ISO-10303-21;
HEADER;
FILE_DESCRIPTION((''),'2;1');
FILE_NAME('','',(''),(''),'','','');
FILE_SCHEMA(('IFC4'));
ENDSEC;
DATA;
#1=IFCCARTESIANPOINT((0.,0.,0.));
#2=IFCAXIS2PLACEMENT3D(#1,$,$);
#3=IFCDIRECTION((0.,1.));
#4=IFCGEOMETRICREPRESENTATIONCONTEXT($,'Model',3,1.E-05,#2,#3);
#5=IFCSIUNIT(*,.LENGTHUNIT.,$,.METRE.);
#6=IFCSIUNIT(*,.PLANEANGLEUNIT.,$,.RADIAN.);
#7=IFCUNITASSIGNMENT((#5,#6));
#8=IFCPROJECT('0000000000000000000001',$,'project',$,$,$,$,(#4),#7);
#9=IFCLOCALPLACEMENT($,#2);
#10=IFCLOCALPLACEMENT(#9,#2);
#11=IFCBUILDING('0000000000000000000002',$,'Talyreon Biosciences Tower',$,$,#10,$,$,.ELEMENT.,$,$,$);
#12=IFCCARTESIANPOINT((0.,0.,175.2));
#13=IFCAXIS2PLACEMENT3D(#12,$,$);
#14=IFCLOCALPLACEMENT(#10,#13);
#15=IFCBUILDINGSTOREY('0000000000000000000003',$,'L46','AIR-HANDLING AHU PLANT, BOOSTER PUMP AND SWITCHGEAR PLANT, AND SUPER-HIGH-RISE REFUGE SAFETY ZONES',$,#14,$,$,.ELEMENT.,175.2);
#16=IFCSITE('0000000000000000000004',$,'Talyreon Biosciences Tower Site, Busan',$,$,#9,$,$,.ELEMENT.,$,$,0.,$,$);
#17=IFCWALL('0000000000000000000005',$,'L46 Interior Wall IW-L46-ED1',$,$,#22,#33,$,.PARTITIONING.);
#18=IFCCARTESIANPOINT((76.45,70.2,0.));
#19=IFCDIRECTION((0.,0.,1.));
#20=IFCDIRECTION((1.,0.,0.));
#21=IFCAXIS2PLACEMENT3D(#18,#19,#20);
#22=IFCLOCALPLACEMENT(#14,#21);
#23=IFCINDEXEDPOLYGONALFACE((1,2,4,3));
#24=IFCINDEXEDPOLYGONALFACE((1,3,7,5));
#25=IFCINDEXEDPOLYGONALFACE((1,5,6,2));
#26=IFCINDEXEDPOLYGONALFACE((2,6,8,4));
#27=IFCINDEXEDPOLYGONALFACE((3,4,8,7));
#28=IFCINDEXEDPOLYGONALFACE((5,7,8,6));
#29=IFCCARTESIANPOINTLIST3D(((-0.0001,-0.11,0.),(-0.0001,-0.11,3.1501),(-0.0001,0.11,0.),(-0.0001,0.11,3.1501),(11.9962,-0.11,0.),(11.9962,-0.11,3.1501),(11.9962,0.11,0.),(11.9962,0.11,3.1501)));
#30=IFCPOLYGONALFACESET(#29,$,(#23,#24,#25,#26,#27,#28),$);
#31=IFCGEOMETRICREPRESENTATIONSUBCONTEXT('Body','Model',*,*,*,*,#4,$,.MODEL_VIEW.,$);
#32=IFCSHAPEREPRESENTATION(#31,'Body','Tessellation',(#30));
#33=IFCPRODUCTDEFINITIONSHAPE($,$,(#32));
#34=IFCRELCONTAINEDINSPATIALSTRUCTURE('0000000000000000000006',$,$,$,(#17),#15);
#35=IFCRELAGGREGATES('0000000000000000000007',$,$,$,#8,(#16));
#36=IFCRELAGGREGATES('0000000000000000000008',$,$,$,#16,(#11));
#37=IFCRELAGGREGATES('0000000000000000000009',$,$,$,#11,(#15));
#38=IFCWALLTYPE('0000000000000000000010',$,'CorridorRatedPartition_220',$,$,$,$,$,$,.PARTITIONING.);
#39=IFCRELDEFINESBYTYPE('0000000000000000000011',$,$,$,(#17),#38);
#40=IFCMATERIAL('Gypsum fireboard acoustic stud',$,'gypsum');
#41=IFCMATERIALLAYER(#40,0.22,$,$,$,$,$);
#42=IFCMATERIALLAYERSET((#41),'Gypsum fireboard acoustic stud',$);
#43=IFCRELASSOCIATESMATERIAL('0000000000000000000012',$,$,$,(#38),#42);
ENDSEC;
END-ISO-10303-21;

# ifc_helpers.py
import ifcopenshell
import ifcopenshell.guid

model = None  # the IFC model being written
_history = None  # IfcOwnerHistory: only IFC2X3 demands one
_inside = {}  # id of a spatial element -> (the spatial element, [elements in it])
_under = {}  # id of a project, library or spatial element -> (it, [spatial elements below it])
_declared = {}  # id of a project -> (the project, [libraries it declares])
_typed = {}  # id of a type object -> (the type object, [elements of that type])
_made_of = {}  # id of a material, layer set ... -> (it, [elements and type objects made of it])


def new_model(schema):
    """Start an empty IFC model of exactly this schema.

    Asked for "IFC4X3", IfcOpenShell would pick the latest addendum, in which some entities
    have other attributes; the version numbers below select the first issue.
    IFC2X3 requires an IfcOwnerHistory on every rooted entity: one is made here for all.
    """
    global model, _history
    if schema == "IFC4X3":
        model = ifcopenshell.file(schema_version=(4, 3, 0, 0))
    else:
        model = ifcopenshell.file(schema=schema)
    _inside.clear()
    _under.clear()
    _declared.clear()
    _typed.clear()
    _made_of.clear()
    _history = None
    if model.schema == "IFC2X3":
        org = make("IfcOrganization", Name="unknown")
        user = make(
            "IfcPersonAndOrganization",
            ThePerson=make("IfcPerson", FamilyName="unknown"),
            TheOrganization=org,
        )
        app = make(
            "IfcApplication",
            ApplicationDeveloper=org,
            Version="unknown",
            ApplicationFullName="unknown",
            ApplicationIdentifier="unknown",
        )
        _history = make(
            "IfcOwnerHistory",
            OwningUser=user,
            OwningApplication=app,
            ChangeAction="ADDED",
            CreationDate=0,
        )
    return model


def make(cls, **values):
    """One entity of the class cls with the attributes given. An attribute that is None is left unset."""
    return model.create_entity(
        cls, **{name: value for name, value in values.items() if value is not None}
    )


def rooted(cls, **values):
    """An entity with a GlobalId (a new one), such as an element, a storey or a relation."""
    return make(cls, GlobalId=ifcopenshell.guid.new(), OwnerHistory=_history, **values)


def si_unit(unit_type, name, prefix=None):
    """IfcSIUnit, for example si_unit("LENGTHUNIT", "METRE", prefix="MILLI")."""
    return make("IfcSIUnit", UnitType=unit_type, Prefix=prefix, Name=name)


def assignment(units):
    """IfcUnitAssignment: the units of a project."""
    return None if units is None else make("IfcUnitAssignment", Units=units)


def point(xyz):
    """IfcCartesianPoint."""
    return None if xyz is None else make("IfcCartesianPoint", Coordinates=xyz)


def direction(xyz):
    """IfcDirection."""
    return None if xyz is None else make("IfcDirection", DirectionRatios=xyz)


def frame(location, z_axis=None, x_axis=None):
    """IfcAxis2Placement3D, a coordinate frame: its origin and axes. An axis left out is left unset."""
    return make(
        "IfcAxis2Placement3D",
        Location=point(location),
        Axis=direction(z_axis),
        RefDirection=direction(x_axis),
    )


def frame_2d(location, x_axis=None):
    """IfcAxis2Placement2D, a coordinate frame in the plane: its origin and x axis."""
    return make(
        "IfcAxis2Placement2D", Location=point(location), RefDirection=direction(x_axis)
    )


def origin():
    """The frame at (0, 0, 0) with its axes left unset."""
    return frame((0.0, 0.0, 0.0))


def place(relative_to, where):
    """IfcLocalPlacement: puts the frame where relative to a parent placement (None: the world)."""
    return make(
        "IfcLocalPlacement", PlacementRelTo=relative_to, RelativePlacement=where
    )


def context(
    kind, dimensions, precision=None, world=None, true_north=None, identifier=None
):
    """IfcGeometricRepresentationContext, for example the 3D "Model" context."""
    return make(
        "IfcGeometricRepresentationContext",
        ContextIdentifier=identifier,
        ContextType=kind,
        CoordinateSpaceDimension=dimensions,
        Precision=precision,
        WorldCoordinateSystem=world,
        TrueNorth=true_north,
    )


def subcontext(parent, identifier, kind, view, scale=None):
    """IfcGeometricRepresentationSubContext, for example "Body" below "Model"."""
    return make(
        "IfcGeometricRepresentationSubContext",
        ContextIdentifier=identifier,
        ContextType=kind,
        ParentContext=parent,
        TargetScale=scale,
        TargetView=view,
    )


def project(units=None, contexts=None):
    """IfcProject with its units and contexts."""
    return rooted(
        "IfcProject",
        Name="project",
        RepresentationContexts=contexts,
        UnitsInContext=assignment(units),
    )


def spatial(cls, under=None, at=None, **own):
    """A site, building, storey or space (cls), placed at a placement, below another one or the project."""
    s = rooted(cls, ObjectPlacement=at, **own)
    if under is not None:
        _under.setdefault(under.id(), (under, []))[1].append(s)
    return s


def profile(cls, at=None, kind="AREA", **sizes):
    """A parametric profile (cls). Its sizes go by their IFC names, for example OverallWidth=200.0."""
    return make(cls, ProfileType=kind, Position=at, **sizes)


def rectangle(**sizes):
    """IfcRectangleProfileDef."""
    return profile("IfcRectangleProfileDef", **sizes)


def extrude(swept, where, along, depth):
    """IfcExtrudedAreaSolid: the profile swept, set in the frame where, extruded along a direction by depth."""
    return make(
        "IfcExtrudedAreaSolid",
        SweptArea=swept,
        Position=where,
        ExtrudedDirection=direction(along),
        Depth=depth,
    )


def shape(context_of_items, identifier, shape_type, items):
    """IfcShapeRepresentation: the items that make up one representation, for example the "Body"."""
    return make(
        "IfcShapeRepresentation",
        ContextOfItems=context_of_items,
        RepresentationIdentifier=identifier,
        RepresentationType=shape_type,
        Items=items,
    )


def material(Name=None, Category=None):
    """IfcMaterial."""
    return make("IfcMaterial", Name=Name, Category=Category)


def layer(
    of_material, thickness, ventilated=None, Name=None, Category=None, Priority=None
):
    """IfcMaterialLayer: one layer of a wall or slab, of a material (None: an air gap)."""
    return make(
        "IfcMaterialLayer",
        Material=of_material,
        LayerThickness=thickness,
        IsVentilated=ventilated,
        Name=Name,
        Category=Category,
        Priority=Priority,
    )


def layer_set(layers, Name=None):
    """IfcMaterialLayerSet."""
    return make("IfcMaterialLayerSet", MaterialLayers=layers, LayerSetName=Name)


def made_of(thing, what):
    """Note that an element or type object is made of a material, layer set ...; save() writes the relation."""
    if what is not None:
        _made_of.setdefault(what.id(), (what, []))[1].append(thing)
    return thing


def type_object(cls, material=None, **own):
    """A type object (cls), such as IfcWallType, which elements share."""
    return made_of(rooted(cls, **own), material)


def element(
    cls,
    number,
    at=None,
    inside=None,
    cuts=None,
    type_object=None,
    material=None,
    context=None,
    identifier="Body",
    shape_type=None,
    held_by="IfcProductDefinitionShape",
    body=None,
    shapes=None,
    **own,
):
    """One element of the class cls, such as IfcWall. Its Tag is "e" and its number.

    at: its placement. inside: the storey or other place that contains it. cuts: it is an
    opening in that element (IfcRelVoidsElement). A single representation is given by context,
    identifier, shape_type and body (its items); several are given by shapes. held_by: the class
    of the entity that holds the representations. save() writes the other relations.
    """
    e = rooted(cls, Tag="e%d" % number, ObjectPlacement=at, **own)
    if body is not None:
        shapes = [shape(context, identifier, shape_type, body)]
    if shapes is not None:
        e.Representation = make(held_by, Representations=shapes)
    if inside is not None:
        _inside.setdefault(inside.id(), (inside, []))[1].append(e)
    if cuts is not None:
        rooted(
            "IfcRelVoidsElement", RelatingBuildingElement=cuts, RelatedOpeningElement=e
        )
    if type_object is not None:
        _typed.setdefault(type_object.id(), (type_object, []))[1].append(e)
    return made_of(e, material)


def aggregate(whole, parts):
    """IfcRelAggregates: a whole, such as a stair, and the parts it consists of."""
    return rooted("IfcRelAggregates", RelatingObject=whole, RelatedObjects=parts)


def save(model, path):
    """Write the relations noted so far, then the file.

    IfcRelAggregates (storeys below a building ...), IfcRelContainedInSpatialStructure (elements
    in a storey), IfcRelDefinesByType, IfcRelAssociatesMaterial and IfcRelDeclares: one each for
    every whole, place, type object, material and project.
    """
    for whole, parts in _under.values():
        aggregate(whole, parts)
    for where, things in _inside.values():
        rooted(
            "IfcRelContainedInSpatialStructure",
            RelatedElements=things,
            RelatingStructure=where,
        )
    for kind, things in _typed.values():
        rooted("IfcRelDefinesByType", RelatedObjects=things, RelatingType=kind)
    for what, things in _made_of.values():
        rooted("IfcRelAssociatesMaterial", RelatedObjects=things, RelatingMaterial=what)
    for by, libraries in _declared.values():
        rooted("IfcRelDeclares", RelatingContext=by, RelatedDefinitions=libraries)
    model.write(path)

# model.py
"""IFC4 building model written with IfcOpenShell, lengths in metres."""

from ifc_helpers import new_model, si_unit, direction, frame, frame_2d, origin, place, context, subcontext, project, spatial, rectangle, extrude, material, layer, layer_set, type_object, element, save


model = new_model("IFC4")

# Units and contexts
model_context = context("Model", 3, precision=1e-05, world=origin(), true_north=direction((0.0, 1.0)))
body_context = subcontext(model_context, "Body", "Model", "MODEL_VIEW")
ifc_project = project(units=[si_unit("LENGTHUNIT", "METRE"), si_unit("PLANEANGLEUNIT", "RADIAN")], contexts=[model_context])

# Site, building, storey
site_placement = place(None, origin())
site = spatial("IfcSite", under=ifc_project, at=site_placement, Name="Talyreon Biosciences Tower Site, Busan", CompositionType="ELEMENT", RefElevation=0.0)
building_placement = place(site_placement, origin())
building = spatial("IfcBuilding", under=site, at=building_placement, Name="Talyreon Biosciences Tower", CompositionType="ELEMENT")
storey_placement = place(building_placement, frame((0.0, 0.0, 175.2)))
storey = spatial("IfcBuildingStorey", under=building, at=storey_placement, Name="L46", Description="AIR-HANDLING AHU PLANT, BOOSTER PUMP AND SWITCHGEAR PLANT, AND SUPER-HIGH-RISE REFUGE SAFETY ZONES", CompositionType="ELEMENT", Elevation=175.2)

# Wall
ifc_material_1 = material(Name="Gypsum fireboard acoustic stud", Category="gypsum")
ifc_layer_1 = layer(ifc_material_1, 0.22)
ifc_layer_set_1 = layer_set([ifc_layer_1], Name="Gypsum fireboard acoustic stud")
wall_type_1 = type_object("IfcWallType", Name="CorridorRatedPartition_220", PredefinedType="PARTITIONING", material=ifc_layer_set_1)
wall_1_placement = place(storey_placement, frame((76.45, 70.2, 0.0), z_axis=(0.0, 0.0, 1.0), x_axis=(1.0, 0.0, 0.0)))
element("IfcWall", 1, at=wall_1_placement, inside=storey, type_object=wall_type_1, Name="L46 Interior Wall IW-L46-ED1", PredefinedType="PARTITIONING", context=body_context, shape_type="SweptSolid", body=[
    extrude(rectangle(XDim=11.9963, YDim=0.22, at=frame_2d((5.998, 0.0))), origin(), (0.0, 0.0, 1.0), 3.1501),
])

save(model, "model.ifc")
